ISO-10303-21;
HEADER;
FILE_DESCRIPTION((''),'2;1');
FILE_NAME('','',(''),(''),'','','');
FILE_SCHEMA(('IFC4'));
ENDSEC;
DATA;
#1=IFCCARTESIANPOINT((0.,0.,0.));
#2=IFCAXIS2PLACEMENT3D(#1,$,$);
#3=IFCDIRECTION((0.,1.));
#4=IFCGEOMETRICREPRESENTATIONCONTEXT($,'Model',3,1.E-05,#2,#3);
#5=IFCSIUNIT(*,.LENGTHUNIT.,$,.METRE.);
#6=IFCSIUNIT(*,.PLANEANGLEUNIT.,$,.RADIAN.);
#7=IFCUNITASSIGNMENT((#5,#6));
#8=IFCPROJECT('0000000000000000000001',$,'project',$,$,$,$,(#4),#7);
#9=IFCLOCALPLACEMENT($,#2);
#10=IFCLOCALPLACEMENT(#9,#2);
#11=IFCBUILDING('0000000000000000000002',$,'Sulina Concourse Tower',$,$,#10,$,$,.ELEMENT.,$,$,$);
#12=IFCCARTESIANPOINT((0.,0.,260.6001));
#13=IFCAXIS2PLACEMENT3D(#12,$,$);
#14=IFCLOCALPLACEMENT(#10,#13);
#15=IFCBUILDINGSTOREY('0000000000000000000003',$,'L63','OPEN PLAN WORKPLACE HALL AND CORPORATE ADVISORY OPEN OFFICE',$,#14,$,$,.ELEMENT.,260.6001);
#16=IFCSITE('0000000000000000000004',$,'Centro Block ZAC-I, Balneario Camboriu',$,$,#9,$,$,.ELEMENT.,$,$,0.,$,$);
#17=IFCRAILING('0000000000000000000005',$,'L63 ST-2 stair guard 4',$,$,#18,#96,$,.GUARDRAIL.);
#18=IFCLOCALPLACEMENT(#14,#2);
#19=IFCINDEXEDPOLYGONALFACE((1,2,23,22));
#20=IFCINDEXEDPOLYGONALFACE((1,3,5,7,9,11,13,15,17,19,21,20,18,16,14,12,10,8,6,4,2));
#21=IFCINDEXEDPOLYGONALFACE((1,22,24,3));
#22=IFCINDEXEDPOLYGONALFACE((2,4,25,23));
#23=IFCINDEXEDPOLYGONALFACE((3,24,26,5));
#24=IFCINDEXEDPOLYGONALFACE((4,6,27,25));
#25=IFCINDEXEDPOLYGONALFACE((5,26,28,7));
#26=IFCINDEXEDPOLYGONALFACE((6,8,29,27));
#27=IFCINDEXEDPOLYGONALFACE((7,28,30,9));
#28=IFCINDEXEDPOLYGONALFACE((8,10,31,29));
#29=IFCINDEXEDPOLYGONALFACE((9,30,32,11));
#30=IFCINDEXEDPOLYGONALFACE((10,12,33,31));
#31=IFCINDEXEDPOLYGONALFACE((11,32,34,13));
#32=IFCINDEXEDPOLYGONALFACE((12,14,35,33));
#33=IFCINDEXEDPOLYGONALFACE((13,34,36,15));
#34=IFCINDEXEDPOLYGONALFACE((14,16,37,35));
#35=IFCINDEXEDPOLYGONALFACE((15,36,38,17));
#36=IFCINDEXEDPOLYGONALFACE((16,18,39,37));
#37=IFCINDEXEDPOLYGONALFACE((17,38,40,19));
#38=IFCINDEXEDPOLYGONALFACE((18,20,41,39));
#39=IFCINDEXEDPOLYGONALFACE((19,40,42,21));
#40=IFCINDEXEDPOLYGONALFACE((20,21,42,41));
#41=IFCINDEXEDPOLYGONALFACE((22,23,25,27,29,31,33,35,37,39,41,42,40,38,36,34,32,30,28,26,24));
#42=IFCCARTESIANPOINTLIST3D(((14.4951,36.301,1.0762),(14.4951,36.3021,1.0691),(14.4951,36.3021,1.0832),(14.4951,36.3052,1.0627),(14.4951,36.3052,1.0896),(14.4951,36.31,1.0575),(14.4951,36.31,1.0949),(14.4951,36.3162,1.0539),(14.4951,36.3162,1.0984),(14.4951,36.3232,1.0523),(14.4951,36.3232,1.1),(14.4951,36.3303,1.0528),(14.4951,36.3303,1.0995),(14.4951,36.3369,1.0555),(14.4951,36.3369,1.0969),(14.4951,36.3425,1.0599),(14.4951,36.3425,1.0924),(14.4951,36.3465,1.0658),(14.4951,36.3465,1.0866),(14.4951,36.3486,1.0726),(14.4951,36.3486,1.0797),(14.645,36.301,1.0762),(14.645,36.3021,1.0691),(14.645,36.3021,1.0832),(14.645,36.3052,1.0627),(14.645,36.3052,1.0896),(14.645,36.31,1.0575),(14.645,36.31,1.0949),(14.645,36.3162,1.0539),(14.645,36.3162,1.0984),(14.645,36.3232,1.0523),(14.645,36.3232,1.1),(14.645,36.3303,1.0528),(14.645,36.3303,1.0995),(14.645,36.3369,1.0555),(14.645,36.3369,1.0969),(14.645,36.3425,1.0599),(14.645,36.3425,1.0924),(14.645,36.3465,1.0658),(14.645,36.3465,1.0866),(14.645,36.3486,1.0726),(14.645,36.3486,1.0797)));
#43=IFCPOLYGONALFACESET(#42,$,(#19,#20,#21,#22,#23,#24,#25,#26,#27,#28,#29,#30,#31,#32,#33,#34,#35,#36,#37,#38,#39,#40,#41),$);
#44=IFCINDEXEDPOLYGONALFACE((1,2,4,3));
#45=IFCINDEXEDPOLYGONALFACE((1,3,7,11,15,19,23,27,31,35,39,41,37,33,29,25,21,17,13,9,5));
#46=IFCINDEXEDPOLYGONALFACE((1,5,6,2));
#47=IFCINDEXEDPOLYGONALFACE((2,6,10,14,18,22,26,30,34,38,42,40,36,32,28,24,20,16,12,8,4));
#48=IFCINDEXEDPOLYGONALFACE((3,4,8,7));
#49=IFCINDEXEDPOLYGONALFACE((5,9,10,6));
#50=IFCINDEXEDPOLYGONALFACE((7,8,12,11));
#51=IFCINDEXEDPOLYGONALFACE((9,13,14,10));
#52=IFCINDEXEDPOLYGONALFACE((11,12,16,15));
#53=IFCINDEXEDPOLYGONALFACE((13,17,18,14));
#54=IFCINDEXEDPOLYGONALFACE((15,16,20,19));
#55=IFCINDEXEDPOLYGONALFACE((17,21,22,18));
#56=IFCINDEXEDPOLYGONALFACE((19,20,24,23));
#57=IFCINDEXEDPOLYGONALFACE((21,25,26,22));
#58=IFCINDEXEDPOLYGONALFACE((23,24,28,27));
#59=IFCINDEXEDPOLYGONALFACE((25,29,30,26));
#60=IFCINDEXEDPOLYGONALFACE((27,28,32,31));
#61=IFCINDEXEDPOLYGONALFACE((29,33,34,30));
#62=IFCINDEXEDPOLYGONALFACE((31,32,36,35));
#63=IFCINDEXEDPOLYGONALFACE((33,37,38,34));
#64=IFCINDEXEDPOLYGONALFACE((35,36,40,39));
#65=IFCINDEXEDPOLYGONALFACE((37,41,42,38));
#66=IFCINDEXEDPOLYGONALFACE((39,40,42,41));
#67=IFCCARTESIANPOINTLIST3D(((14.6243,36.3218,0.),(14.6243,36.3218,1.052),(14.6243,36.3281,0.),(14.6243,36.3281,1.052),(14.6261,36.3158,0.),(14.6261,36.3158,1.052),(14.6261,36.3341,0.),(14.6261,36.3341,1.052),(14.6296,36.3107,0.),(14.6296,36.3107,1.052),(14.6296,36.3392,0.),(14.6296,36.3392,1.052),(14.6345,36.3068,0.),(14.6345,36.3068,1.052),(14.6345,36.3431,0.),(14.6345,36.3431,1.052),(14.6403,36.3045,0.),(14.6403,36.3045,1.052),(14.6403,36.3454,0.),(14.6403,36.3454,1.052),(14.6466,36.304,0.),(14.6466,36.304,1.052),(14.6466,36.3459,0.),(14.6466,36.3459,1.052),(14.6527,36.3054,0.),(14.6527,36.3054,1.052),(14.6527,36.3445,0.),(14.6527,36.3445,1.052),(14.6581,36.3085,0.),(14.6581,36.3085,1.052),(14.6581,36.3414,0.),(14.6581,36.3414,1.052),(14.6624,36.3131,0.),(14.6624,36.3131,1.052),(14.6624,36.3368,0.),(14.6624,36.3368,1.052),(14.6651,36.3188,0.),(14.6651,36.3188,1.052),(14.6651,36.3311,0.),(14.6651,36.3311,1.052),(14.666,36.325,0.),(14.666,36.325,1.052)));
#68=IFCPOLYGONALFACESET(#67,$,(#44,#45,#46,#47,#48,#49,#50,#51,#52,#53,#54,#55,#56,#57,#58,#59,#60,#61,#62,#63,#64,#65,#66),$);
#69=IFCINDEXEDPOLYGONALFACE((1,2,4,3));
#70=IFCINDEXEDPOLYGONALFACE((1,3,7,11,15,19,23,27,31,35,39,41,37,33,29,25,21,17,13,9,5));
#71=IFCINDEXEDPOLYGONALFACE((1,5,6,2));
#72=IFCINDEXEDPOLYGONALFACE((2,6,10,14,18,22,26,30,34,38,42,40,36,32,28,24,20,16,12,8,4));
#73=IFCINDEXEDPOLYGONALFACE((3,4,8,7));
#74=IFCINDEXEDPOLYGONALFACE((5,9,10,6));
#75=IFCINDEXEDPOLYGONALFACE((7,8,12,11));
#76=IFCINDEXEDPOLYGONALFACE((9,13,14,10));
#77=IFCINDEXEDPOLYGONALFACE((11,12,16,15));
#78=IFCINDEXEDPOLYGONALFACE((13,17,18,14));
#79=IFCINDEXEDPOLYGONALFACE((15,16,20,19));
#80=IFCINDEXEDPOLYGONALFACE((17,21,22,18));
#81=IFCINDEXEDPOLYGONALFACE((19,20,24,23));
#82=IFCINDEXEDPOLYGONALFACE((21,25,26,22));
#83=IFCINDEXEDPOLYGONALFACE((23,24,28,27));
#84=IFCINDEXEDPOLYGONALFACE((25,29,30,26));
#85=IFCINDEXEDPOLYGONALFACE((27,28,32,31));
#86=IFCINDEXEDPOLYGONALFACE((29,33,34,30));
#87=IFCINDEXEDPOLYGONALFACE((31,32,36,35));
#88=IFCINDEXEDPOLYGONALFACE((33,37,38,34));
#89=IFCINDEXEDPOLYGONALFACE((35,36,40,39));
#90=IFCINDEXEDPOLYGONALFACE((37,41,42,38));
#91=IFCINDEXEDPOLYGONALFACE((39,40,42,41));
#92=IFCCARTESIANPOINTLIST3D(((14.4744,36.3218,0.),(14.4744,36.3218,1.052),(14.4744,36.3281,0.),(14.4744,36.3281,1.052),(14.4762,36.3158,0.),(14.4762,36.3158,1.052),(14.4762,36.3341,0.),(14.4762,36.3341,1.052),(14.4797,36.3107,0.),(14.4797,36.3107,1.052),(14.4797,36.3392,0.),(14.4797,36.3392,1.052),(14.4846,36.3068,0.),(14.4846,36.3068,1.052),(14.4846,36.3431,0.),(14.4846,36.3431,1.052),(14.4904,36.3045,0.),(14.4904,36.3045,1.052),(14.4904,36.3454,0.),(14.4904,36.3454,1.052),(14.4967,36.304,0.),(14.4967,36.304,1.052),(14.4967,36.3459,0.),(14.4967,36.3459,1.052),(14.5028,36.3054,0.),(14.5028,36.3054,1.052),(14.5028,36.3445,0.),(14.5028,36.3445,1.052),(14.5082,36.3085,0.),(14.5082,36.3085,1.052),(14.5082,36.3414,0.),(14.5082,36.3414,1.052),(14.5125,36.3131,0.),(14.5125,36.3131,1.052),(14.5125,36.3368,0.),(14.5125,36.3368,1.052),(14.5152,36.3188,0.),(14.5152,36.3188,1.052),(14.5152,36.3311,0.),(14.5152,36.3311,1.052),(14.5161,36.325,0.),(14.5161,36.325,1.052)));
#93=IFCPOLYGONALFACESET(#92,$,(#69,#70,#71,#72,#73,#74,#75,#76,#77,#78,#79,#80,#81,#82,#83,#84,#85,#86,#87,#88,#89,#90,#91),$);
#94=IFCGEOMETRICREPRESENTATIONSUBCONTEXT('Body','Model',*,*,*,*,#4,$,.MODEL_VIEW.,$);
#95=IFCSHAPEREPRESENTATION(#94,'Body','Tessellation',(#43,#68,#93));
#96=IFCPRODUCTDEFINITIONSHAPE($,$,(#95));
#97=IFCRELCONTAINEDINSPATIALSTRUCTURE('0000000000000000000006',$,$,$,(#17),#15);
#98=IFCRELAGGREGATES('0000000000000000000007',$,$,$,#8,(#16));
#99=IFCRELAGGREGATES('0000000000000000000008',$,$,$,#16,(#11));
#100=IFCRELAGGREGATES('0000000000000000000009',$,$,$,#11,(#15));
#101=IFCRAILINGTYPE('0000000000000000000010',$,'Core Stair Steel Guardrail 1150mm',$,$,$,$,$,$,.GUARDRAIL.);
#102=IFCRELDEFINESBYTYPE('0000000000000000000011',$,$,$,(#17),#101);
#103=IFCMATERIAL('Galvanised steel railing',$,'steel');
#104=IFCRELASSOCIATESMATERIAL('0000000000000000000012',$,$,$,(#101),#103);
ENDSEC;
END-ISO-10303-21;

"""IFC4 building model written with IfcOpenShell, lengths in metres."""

from ifc_helpers import new_model, si_unit, direction, frame, origin, origin_2d, place, context, subcontext, project, spatial, circle, extrude, material, type_object, element, save


model = new_model("IFC4")

# Units and contexts
model_context = context("Model", 3, precision=1e-05, world=origin(), true_north=direction((0.0, 1.0)))
body_context = subcontext(model_context, "Body", "Model", "MODEL_VIEW")
ifc_project = project(units=[si_unit("LENGTHUNIT", "METRE"), si_unit("PLANEANGLEUNIT", "RADIAN")], contexts=[model_context])

# Site, building, storey
site_placement = place(None, origin())
site = spatial("IfcSite", under=ifc_project, at=site_placement, Name="Centro Block ZAC-I, Balneario Camboriu", CompositionType="ELEMENT", RefElevation=0.0)
building_placement = place(site_placement, origin())
building = spatial("IfcBuilding", under=site, at=building_placement, Name="Sulina Concourse Tower", CompositionType="ELEMENT")
storey_placement = place(building_placement, frame((0.0, 0.0, 260.6001)))
storey = spatial("IfcBuildingStorey", under=building, at=storey_placement, Name="L63", Description="OPEN PLAN WORKPLACE HALL AND CORPORATE ADVISORY OPEN OFFICE", CompositionType="ELEMENT", Elevation=260.6001)

# Railing
ifc_material_1 = material(Name="Galvanised steel railing", Category="steel")
railing_type_1 = type_object("IfcRailingType", Name="Core Stair Steel Guardrail 1150mm", PredefinedType="GUARDRAIL", material=ifc_material_1)
railing_1_placement = place(storey_placement, frame((14.645, 36.325, 0.0)))
element("IfcRailing", 1, at=railing_1_placement, inside=storey, type_object=railing_type_1, Name="L63 ST-2 stair guard 4", PredefinedType="GUARDRAIL", context=body_context, shape_type="SweptSolid", body=[
    extrude(circle(Radius=0.0239, at=origin_2d()), frame((0.0, 0.0, 1.0762), z_axis=(-1.0, 0.0, 0.0), x_axis=(0.0, -1.0, 0.0)), (0.0, 0.0, 1.0), 0.1499),
    extrude(circle(Radius=0.021, at=origin_2d()), origin(), (0.0, 0.0, 1.0), 1.052),
    extrude(circle(Radius=0.021, at=origin_2d()), frame((-0.1499, 0.0, 0.0)), (0.0, 0.0, 1.0), 1.052),
])

save(model, "model.ifc")
